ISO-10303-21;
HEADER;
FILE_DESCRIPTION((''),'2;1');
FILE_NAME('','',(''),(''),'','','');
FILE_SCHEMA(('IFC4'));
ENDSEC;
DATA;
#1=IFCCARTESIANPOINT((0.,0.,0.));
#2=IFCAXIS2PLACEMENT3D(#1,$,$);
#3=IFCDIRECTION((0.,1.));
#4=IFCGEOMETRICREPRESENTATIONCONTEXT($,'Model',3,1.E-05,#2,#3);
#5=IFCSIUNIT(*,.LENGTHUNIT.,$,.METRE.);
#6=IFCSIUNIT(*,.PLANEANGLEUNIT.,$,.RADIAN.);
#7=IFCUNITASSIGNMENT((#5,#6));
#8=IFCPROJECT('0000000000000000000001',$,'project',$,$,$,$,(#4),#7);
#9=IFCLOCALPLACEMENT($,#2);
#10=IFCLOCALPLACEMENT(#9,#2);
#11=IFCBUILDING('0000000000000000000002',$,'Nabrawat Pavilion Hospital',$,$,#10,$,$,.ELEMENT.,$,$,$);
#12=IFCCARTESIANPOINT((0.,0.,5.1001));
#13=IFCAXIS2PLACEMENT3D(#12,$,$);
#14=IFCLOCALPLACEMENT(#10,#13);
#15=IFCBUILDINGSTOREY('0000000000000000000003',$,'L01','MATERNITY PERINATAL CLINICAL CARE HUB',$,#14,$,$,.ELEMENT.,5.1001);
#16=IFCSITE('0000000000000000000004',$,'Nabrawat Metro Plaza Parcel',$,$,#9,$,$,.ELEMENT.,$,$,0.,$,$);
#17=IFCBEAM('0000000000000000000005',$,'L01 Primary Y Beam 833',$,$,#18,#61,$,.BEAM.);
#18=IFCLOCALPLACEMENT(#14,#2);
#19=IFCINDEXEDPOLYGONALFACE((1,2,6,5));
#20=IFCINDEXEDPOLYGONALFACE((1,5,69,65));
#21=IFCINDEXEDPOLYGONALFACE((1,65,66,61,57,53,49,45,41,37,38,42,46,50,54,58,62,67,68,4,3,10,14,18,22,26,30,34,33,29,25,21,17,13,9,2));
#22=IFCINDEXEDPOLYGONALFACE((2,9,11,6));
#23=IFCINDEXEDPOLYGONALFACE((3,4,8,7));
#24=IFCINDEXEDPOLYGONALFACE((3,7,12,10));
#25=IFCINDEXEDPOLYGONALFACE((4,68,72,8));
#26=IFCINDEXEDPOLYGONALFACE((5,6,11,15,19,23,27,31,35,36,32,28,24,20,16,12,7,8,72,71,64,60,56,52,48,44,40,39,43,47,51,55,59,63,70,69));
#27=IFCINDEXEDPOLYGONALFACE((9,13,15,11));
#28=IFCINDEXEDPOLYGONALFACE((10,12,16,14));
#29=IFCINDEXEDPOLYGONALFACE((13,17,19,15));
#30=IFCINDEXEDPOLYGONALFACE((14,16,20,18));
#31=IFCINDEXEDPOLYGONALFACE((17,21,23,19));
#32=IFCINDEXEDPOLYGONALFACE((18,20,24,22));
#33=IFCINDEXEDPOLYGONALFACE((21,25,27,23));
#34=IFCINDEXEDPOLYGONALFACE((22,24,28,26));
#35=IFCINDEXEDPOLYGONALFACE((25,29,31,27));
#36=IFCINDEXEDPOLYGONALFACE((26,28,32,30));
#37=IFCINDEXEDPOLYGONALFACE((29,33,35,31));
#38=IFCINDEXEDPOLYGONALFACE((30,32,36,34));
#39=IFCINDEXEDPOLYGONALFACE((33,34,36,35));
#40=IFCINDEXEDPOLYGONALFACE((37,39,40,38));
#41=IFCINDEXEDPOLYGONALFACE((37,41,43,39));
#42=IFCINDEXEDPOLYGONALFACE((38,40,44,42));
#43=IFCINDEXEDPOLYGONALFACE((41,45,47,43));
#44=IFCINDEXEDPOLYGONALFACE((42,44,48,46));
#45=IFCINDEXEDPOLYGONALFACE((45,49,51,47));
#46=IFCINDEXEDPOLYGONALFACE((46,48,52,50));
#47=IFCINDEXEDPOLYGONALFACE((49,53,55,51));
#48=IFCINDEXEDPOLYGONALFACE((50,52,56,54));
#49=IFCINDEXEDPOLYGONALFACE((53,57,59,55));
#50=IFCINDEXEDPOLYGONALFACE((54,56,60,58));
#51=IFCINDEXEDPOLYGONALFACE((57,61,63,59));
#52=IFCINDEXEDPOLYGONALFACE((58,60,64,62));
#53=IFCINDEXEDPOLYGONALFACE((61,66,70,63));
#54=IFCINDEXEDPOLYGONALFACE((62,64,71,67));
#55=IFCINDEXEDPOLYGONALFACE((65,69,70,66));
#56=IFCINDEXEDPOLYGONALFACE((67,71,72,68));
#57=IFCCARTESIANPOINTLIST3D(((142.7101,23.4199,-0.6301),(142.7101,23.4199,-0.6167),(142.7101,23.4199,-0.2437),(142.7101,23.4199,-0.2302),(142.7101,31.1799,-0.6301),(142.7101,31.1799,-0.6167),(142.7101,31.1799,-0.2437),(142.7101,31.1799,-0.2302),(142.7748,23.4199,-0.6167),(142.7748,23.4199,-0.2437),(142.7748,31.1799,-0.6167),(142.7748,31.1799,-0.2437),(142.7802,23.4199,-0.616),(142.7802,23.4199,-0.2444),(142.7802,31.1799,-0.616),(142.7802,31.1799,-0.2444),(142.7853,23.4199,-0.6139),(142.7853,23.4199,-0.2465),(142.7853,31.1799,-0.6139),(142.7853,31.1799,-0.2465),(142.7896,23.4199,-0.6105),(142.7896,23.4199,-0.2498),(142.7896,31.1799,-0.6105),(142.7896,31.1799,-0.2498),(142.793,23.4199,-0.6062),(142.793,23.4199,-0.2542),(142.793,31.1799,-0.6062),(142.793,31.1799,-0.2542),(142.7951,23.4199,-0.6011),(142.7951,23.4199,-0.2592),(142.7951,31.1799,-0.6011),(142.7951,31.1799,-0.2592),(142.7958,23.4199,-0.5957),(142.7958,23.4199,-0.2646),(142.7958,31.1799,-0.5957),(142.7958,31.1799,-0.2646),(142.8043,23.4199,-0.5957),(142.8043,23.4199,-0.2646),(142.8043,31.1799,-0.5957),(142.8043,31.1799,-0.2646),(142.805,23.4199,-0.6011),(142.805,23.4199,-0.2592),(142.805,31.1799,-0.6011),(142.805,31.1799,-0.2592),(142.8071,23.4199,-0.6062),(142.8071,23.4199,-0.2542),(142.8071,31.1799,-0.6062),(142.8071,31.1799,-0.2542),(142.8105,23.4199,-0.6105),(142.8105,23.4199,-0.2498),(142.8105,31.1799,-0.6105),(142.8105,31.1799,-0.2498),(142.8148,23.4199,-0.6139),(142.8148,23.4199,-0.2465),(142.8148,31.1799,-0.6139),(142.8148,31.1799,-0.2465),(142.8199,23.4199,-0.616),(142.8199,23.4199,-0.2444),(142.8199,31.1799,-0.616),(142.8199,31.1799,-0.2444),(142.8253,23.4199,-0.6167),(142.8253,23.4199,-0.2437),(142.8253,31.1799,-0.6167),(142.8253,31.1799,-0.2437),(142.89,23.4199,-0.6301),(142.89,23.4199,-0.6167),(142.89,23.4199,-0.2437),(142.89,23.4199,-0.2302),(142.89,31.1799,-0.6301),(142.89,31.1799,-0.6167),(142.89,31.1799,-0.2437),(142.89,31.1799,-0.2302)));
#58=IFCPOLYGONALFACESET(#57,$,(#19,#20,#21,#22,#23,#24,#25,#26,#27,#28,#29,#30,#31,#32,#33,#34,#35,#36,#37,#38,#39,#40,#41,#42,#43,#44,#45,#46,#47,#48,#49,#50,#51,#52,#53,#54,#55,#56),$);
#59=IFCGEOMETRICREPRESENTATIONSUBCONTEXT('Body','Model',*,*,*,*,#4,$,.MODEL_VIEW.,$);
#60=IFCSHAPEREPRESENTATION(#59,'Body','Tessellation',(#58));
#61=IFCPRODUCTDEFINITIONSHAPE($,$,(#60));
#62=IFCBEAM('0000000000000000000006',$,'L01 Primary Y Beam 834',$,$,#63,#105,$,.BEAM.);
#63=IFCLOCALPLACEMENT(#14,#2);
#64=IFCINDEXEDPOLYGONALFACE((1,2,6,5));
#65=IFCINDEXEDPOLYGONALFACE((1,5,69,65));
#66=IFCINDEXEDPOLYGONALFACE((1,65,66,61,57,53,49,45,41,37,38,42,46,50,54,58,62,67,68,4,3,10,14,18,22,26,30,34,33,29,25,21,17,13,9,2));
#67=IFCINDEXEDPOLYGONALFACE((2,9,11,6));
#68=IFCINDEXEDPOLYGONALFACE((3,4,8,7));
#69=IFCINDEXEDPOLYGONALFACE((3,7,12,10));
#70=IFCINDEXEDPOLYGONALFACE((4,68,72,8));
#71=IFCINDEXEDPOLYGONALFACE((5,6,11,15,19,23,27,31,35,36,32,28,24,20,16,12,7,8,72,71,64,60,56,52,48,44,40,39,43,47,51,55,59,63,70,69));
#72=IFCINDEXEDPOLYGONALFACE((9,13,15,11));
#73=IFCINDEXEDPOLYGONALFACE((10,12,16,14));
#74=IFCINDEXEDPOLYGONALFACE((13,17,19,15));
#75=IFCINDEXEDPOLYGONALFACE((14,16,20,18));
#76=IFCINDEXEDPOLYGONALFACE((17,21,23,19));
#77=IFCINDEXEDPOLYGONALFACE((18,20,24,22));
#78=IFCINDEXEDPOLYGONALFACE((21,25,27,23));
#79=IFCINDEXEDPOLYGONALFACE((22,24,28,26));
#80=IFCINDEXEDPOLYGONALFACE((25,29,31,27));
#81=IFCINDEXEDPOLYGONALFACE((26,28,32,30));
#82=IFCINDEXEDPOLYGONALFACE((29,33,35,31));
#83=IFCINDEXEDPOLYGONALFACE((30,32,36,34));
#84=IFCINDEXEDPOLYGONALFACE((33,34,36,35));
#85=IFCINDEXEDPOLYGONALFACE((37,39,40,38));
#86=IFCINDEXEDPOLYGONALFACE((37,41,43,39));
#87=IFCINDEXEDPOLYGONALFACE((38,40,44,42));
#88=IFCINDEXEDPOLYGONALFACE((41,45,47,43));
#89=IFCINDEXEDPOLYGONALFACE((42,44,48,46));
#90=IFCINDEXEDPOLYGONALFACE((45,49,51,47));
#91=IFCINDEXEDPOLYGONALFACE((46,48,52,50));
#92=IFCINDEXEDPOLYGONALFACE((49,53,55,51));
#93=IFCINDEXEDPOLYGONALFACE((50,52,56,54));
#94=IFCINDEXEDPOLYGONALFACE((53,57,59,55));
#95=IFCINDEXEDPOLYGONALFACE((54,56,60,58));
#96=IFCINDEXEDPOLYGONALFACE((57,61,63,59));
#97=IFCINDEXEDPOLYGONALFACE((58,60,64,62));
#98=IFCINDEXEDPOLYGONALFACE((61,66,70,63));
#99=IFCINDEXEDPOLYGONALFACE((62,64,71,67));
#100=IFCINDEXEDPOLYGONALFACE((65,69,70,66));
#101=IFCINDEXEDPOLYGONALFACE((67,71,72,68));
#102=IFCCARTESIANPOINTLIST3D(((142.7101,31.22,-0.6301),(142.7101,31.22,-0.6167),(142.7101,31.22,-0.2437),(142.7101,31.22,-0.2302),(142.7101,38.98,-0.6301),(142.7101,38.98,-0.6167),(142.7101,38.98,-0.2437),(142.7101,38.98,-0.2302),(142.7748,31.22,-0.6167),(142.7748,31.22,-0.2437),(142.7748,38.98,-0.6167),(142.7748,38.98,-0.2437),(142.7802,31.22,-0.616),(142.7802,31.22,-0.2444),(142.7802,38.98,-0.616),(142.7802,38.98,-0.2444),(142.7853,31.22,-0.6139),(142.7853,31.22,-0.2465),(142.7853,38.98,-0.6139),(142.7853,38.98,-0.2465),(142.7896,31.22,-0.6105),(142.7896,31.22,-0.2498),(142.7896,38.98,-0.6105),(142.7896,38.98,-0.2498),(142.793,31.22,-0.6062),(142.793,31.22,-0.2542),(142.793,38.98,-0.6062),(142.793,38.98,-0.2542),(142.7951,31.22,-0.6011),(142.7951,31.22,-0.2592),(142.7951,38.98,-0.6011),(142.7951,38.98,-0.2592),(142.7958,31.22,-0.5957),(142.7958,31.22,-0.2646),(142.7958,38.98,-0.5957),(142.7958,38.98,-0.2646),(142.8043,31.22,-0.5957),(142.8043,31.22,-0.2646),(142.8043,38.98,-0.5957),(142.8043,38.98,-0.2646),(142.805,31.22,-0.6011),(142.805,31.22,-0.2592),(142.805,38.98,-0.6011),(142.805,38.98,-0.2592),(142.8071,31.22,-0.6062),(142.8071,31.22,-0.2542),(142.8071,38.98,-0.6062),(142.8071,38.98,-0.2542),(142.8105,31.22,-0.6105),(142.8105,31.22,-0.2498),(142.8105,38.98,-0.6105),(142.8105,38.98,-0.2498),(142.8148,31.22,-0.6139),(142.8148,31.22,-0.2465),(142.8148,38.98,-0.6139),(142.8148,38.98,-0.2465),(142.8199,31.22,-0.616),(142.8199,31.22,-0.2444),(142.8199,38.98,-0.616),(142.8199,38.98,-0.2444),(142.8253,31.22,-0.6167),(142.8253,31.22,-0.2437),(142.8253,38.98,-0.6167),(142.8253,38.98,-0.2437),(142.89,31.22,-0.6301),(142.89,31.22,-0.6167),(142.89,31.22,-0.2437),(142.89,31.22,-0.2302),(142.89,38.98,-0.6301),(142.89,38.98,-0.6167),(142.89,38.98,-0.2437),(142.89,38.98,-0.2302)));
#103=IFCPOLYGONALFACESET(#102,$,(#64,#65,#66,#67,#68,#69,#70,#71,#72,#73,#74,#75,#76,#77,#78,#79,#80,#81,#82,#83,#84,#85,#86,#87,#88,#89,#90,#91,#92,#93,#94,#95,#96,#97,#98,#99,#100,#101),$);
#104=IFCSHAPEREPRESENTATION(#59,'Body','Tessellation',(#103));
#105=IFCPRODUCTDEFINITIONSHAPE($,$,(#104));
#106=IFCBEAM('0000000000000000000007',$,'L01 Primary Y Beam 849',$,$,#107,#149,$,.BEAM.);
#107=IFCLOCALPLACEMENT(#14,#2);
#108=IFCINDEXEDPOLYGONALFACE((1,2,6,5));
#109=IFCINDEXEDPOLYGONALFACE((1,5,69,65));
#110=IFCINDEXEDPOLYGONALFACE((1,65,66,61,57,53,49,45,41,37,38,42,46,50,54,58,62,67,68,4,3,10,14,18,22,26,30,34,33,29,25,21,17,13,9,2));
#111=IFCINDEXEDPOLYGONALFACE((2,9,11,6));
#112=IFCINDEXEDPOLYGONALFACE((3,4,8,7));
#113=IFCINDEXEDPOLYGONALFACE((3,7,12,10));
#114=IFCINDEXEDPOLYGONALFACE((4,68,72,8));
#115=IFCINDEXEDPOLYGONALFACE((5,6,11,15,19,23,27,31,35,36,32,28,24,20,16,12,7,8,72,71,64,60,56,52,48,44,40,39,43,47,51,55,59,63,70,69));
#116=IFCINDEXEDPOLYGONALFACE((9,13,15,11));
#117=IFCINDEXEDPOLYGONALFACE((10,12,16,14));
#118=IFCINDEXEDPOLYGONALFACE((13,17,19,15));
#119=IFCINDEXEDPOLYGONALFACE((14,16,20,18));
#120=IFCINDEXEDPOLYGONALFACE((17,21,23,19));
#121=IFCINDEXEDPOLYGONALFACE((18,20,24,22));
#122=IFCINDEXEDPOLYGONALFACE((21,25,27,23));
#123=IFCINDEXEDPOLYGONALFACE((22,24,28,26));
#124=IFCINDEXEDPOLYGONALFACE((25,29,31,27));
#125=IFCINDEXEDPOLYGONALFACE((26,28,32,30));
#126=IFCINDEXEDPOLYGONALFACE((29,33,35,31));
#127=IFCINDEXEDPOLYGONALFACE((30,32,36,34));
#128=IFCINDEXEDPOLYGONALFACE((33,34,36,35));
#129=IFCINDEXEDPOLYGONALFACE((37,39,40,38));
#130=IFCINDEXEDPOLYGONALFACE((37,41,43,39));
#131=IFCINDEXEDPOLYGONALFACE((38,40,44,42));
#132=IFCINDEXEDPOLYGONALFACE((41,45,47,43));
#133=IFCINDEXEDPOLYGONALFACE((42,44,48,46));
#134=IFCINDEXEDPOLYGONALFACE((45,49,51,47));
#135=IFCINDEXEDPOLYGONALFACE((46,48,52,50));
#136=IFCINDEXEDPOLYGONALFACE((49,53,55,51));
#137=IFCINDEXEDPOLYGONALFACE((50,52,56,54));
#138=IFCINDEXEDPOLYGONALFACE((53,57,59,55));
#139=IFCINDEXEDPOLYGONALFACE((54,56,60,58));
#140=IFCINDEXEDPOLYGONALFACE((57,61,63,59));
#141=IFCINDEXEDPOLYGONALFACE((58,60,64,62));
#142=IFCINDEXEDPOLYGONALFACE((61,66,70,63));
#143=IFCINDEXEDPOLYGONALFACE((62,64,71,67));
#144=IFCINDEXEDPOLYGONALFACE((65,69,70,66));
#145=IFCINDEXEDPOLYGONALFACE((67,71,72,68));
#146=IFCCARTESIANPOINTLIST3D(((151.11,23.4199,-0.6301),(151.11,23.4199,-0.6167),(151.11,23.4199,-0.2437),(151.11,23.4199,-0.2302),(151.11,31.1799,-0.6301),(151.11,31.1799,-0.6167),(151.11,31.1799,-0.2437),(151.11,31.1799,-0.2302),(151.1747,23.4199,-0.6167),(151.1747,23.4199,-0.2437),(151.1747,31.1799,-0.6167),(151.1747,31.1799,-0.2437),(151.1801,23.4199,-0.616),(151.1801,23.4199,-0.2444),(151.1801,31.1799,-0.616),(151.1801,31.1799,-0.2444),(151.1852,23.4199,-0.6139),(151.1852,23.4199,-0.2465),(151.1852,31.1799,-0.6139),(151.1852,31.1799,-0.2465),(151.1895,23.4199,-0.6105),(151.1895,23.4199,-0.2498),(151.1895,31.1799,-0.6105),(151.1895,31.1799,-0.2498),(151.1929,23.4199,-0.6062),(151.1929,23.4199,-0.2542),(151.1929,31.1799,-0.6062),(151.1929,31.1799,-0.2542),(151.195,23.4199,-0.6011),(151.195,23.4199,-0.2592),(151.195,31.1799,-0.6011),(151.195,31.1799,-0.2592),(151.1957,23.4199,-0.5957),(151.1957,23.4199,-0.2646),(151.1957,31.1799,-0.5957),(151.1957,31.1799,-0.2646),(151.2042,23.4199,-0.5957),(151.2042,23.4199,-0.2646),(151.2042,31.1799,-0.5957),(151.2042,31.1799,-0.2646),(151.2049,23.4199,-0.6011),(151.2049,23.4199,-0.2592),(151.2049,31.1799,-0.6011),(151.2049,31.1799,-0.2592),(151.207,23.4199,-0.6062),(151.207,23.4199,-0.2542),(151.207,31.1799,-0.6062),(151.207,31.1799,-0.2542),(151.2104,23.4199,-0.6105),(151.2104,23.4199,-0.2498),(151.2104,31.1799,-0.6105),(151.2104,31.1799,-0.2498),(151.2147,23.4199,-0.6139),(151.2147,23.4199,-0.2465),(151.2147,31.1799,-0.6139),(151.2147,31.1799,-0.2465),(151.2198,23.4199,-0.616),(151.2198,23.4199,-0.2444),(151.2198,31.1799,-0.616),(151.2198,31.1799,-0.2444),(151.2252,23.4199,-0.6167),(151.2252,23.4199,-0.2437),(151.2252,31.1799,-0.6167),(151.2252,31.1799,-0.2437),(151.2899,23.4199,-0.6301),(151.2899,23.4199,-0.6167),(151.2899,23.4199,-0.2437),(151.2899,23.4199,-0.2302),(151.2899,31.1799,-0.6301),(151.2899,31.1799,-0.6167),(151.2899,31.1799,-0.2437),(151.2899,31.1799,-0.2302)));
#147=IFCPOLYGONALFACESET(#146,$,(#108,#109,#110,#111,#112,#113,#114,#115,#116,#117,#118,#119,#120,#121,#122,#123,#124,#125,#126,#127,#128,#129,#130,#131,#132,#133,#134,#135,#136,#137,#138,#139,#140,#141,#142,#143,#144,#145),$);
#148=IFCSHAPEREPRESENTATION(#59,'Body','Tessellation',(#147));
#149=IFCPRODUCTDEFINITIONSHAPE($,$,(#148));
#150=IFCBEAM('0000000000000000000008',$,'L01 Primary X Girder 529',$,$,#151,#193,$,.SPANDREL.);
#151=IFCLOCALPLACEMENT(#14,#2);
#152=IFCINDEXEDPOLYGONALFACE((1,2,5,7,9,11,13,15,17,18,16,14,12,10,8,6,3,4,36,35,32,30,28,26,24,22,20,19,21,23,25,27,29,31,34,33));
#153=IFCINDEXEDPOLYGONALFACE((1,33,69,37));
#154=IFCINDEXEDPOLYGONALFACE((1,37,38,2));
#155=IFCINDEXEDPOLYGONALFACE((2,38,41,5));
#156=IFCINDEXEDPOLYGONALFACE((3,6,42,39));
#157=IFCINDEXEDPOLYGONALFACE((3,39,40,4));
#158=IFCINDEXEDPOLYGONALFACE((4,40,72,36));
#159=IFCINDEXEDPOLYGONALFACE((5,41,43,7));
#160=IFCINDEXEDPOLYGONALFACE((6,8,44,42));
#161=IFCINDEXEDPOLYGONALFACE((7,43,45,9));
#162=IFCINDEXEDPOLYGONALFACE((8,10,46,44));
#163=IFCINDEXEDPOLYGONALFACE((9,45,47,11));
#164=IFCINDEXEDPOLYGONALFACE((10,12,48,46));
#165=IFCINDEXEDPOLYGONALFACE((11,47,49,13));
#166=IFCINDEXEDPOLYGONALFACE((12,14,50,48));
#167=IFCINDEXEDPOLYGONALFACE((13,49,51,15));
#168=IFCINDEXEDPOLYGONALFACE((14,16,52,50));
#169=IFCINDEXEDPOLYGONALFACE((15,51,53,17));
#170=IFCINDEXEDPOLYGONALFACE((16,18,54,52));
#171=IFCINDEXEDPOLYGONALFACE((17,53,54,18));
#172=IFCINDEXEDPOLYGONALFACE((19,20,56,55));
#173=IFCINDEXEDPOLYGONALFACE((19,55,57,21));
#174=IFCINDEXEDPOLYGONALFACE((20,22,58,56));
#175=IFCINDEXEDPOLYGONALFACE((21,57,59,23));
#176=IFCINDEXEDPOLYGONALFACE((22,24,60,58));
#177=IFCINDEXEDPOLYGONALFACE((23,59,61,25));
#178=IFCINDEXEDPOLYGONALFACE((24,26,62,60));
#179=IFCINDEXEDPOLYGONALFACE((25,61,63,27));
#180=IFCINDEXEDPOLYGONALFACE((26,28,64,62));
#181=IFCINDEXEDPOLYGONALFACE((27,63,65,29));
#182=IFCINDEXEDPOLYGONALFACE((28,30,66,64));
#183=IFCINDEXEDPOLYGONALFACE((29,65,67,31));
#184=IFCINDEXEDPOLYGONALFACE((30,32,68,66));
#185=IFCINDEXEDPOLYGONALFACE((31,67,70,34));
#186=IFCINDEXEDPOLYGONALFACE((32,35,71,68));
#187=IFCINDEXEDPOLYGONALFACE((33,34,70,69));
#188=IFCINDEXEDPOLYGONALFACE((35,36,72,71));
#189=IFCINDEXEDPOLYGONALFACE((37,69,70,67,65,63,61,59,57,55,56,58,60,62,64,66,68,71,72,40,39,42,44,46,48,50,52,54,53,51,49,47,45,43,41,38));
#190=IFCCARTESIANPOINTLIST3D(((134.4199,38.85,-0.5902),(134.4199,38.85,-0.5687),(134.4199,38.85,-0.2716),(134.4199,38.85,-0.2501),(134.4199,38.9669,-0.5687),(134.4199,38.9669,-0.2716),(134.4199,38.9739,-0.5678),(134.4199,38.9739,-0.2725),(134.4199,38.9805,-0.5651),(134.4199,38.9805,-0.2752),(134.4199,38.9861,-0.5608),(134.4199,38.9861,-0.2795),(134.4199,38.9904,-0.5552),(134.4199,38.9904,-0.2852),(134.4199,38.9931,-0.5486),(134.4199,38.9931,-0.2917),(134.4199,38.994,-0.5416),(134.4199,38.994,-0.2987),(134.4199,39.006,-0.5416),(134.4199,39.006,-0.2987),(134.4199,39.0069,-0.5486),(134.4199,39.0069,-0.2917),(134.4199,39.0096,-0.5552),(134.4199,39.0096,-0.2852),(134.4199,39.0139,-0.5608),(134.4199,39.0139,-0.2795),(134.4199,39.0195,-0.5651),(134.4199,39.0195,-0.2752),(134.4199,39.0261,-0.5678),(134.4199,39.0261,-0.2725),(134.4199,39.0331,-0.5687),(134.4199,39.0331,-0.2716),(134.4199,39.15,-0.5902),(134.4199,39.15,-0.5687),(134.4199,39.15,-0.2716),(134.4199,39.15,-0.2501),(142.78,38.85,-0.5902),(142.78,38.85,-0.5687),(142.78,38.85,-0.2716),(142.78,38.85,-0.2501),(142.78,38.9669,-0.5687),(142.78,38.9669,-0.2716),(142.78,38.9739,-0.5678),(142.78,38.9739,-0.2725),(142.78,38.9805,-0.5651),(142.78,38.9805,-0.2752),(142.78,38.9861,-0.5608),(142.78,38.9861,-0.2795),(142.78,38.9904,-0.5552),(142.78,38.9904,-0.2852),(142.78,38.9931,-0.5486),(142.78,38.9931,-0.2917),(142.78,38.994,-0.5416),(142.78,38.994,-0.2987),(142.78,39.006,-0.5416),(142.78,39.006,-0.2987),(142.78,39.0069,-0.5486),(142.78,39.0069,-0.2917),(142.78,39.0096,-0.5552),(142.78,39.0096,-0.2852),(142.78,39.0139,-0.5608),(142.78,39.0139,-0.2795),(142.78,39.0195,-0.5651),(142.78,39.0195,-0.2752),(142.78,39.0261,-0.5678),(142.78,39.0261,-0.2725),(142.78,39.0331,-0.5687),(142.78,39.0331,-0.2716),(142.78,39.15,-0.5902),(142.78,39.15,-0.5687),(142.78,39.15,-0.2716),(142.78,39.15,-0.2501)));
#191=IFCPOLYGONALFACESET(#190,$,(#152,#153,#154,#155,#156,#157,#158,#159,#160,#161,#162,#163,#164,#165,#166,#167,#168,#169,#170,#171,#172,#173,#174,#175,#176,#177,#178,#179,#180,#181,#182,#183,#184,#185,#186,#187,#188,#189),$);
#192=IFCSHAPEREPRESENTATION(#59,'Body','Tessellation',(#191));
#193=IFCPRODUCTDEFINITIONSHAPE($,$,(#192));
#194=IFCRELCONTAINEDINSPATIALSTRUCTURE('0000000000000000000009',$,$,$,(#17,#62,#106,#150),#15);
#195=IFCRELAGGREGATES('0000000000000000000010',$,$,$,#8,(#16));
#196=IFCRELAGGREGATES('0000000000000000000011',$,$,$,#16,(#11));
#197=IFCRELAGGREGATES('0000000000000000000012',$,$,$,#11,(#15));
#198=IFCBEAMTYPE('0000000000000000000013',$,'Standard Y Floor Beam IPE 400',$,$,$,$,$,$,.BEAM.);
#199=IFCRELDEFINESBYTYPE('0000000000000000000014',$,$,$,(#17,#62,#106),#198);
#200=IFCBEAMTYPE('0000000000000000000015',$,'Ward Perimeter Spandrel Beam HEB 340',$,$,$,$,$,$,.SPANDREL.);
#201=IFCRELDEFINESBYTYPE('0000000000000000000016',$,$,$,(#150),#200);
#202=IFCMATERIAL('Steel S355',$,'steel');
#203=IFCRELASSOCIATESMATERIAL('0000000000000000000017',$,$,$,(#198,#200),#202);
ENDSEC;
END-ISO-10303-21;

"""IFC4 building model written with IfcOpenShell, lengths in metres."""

from ifc_helpers import new_model, si_unit, direction, frame, origin, origin_2d, place, context, subcontext, project, spatial, i_section, extrude, material, material_profile, profile_set, type_object, element, save


model = new_model("IFC4")

# Units and contexts
model_context = context("Model", 3, precision=1e-05, world=origin(), true_north=direction((0.0, 1.0)))
body_context = subcontext(model_context, "Body", "Model", "MODEL_VIEW")
ifc_project = project(units=[si_unit("LENGTHUNIT", "METRE"), si_unit("PLANEANGLEUNIT", "RADIAN")], contexts=[model_context])

# Site, building, storey
site_placement = place(None, origin())
site = spatial("IfcSite", under=ifc_project, at=site_placement, Name="Nabrawat Metro Plaza Parcel", CompositionType="ELEMENT", RefElevation=0.0)
building_placement = place(site_placement, origin())
building = spatial("IfcBuilding", under=site, at=building_placement, Name="Nabrawat Pavilion Hospital", CompositionType="ELEMENT")
storey_placement = place(building_placement, frame((0.0, 0.0, 5.1001)))
storey = spatial("IfcBuildingStorey", under=building, at=storey_placement, Name="L01", Description="MATERNITY PERINATAL CLINICAL CARE HUB", CompositionType="ELEMENT", Elevation=5.1001)

# Shared definitions
ifc_material_1 = material(Name="Steel S355", Category="steel")

# Beams
ifc_material_profile_1 = material_profile(ifc_material_1, i_section(OverallWidth=0.1799, OverallDepth=0.3999, WebThickness=0.0085, FlangeThickness=0.0134, FilletRadius=0.021, at=origin_2d()), Name="IPE 400")
ifc_profile_set_1 = profile_set([ifc_material_profile_1], Name="Steel S355")
beam_type_1 = type_object("IfcBeamType", Name="Standard Y Floor Beam IPE 400", PredefinedType="BEAM", material=ifc_profile_set_1)
for number, where, z_axis, x_axis, name in (
    (1, (142.8, 23.4199, -0.4302), (0.0, 1.0, 0.0), (-1.0, 0.0, 0.0), "L01 Primary Y Beam 833"),
    (2, (142.8, 31.22, -0.4302), (0.0, 1.0, 0.0), (-1.0, 0.0, 0.0), "L01 Primary Y Beam 834"),
    (3, (151.2, 23.4199, -0.4302), (0.0, 1.0, 0.0), (-1.0, 0.0, 0.0), "L01 Primary Y Beam 849"),
):
    element("IfcBeam", number, at=place(storey_placement, frame(where, z_axis=z_axis, x_axis=x_axis)), inside=storey, type_object=beam_type_1, Name=name, PredefinedType="BEAM", context=body_context, shape_type="SweptSolid", body=[
        extrude(i_section(OverallWidth=0.1799, OverallDepth=0.3999, WebThickness=0.0085, FlangeThickness=0.0134, FilletRadius=0.021, at=origin_2d()), origin(), (0.0, 0.0, 1.0), 7.76),
    ])
ifc_material_profile_2 = material_profile(ifc_material_1, i_section(OverallWidth=0.3, OverallDepth=0.3401, WebThickness=0.012, FlangeThickness=0.0215, FilletRadius=0.0271, at=origin_2d()), Name="HEB 340")
ifc_profile_set_2 = profile_set([ifc_material_profile_2], Name="Steel S355")
beam_type_2 = type_object("IfcBeamType", Name="Ward Perimeter Spandrel Beam HEB 340", PredefinedType="SPANDREL", material=ifc_profile_set_2)
beam_1_placement = place(storey_placement, frame((134.4199, 39.0, -0.4202), z_axis=(1.0, 0.0, 0.0), x_axis=(0.0, 1.0, 0.0)))
element("IfcBeam", 4, at=beam_1_placement, inside=storey, type_object=beam_type_2, Name="L01 Primary X Girder 529", PredefinedType="SPANDREL", context=body_context, shape_type="SweptSolid", body=[
    extrude(i_section(OverallWidth=0.3, OverallDepth=0.3401, WebThickness=0.012, FlangeThickness=0.0215, FilletRadius=0.0271, at=origin_2d()), origin(), (0.0, 0.0, 1.0), 8.3601),
])

save(model, "model.ifc")
